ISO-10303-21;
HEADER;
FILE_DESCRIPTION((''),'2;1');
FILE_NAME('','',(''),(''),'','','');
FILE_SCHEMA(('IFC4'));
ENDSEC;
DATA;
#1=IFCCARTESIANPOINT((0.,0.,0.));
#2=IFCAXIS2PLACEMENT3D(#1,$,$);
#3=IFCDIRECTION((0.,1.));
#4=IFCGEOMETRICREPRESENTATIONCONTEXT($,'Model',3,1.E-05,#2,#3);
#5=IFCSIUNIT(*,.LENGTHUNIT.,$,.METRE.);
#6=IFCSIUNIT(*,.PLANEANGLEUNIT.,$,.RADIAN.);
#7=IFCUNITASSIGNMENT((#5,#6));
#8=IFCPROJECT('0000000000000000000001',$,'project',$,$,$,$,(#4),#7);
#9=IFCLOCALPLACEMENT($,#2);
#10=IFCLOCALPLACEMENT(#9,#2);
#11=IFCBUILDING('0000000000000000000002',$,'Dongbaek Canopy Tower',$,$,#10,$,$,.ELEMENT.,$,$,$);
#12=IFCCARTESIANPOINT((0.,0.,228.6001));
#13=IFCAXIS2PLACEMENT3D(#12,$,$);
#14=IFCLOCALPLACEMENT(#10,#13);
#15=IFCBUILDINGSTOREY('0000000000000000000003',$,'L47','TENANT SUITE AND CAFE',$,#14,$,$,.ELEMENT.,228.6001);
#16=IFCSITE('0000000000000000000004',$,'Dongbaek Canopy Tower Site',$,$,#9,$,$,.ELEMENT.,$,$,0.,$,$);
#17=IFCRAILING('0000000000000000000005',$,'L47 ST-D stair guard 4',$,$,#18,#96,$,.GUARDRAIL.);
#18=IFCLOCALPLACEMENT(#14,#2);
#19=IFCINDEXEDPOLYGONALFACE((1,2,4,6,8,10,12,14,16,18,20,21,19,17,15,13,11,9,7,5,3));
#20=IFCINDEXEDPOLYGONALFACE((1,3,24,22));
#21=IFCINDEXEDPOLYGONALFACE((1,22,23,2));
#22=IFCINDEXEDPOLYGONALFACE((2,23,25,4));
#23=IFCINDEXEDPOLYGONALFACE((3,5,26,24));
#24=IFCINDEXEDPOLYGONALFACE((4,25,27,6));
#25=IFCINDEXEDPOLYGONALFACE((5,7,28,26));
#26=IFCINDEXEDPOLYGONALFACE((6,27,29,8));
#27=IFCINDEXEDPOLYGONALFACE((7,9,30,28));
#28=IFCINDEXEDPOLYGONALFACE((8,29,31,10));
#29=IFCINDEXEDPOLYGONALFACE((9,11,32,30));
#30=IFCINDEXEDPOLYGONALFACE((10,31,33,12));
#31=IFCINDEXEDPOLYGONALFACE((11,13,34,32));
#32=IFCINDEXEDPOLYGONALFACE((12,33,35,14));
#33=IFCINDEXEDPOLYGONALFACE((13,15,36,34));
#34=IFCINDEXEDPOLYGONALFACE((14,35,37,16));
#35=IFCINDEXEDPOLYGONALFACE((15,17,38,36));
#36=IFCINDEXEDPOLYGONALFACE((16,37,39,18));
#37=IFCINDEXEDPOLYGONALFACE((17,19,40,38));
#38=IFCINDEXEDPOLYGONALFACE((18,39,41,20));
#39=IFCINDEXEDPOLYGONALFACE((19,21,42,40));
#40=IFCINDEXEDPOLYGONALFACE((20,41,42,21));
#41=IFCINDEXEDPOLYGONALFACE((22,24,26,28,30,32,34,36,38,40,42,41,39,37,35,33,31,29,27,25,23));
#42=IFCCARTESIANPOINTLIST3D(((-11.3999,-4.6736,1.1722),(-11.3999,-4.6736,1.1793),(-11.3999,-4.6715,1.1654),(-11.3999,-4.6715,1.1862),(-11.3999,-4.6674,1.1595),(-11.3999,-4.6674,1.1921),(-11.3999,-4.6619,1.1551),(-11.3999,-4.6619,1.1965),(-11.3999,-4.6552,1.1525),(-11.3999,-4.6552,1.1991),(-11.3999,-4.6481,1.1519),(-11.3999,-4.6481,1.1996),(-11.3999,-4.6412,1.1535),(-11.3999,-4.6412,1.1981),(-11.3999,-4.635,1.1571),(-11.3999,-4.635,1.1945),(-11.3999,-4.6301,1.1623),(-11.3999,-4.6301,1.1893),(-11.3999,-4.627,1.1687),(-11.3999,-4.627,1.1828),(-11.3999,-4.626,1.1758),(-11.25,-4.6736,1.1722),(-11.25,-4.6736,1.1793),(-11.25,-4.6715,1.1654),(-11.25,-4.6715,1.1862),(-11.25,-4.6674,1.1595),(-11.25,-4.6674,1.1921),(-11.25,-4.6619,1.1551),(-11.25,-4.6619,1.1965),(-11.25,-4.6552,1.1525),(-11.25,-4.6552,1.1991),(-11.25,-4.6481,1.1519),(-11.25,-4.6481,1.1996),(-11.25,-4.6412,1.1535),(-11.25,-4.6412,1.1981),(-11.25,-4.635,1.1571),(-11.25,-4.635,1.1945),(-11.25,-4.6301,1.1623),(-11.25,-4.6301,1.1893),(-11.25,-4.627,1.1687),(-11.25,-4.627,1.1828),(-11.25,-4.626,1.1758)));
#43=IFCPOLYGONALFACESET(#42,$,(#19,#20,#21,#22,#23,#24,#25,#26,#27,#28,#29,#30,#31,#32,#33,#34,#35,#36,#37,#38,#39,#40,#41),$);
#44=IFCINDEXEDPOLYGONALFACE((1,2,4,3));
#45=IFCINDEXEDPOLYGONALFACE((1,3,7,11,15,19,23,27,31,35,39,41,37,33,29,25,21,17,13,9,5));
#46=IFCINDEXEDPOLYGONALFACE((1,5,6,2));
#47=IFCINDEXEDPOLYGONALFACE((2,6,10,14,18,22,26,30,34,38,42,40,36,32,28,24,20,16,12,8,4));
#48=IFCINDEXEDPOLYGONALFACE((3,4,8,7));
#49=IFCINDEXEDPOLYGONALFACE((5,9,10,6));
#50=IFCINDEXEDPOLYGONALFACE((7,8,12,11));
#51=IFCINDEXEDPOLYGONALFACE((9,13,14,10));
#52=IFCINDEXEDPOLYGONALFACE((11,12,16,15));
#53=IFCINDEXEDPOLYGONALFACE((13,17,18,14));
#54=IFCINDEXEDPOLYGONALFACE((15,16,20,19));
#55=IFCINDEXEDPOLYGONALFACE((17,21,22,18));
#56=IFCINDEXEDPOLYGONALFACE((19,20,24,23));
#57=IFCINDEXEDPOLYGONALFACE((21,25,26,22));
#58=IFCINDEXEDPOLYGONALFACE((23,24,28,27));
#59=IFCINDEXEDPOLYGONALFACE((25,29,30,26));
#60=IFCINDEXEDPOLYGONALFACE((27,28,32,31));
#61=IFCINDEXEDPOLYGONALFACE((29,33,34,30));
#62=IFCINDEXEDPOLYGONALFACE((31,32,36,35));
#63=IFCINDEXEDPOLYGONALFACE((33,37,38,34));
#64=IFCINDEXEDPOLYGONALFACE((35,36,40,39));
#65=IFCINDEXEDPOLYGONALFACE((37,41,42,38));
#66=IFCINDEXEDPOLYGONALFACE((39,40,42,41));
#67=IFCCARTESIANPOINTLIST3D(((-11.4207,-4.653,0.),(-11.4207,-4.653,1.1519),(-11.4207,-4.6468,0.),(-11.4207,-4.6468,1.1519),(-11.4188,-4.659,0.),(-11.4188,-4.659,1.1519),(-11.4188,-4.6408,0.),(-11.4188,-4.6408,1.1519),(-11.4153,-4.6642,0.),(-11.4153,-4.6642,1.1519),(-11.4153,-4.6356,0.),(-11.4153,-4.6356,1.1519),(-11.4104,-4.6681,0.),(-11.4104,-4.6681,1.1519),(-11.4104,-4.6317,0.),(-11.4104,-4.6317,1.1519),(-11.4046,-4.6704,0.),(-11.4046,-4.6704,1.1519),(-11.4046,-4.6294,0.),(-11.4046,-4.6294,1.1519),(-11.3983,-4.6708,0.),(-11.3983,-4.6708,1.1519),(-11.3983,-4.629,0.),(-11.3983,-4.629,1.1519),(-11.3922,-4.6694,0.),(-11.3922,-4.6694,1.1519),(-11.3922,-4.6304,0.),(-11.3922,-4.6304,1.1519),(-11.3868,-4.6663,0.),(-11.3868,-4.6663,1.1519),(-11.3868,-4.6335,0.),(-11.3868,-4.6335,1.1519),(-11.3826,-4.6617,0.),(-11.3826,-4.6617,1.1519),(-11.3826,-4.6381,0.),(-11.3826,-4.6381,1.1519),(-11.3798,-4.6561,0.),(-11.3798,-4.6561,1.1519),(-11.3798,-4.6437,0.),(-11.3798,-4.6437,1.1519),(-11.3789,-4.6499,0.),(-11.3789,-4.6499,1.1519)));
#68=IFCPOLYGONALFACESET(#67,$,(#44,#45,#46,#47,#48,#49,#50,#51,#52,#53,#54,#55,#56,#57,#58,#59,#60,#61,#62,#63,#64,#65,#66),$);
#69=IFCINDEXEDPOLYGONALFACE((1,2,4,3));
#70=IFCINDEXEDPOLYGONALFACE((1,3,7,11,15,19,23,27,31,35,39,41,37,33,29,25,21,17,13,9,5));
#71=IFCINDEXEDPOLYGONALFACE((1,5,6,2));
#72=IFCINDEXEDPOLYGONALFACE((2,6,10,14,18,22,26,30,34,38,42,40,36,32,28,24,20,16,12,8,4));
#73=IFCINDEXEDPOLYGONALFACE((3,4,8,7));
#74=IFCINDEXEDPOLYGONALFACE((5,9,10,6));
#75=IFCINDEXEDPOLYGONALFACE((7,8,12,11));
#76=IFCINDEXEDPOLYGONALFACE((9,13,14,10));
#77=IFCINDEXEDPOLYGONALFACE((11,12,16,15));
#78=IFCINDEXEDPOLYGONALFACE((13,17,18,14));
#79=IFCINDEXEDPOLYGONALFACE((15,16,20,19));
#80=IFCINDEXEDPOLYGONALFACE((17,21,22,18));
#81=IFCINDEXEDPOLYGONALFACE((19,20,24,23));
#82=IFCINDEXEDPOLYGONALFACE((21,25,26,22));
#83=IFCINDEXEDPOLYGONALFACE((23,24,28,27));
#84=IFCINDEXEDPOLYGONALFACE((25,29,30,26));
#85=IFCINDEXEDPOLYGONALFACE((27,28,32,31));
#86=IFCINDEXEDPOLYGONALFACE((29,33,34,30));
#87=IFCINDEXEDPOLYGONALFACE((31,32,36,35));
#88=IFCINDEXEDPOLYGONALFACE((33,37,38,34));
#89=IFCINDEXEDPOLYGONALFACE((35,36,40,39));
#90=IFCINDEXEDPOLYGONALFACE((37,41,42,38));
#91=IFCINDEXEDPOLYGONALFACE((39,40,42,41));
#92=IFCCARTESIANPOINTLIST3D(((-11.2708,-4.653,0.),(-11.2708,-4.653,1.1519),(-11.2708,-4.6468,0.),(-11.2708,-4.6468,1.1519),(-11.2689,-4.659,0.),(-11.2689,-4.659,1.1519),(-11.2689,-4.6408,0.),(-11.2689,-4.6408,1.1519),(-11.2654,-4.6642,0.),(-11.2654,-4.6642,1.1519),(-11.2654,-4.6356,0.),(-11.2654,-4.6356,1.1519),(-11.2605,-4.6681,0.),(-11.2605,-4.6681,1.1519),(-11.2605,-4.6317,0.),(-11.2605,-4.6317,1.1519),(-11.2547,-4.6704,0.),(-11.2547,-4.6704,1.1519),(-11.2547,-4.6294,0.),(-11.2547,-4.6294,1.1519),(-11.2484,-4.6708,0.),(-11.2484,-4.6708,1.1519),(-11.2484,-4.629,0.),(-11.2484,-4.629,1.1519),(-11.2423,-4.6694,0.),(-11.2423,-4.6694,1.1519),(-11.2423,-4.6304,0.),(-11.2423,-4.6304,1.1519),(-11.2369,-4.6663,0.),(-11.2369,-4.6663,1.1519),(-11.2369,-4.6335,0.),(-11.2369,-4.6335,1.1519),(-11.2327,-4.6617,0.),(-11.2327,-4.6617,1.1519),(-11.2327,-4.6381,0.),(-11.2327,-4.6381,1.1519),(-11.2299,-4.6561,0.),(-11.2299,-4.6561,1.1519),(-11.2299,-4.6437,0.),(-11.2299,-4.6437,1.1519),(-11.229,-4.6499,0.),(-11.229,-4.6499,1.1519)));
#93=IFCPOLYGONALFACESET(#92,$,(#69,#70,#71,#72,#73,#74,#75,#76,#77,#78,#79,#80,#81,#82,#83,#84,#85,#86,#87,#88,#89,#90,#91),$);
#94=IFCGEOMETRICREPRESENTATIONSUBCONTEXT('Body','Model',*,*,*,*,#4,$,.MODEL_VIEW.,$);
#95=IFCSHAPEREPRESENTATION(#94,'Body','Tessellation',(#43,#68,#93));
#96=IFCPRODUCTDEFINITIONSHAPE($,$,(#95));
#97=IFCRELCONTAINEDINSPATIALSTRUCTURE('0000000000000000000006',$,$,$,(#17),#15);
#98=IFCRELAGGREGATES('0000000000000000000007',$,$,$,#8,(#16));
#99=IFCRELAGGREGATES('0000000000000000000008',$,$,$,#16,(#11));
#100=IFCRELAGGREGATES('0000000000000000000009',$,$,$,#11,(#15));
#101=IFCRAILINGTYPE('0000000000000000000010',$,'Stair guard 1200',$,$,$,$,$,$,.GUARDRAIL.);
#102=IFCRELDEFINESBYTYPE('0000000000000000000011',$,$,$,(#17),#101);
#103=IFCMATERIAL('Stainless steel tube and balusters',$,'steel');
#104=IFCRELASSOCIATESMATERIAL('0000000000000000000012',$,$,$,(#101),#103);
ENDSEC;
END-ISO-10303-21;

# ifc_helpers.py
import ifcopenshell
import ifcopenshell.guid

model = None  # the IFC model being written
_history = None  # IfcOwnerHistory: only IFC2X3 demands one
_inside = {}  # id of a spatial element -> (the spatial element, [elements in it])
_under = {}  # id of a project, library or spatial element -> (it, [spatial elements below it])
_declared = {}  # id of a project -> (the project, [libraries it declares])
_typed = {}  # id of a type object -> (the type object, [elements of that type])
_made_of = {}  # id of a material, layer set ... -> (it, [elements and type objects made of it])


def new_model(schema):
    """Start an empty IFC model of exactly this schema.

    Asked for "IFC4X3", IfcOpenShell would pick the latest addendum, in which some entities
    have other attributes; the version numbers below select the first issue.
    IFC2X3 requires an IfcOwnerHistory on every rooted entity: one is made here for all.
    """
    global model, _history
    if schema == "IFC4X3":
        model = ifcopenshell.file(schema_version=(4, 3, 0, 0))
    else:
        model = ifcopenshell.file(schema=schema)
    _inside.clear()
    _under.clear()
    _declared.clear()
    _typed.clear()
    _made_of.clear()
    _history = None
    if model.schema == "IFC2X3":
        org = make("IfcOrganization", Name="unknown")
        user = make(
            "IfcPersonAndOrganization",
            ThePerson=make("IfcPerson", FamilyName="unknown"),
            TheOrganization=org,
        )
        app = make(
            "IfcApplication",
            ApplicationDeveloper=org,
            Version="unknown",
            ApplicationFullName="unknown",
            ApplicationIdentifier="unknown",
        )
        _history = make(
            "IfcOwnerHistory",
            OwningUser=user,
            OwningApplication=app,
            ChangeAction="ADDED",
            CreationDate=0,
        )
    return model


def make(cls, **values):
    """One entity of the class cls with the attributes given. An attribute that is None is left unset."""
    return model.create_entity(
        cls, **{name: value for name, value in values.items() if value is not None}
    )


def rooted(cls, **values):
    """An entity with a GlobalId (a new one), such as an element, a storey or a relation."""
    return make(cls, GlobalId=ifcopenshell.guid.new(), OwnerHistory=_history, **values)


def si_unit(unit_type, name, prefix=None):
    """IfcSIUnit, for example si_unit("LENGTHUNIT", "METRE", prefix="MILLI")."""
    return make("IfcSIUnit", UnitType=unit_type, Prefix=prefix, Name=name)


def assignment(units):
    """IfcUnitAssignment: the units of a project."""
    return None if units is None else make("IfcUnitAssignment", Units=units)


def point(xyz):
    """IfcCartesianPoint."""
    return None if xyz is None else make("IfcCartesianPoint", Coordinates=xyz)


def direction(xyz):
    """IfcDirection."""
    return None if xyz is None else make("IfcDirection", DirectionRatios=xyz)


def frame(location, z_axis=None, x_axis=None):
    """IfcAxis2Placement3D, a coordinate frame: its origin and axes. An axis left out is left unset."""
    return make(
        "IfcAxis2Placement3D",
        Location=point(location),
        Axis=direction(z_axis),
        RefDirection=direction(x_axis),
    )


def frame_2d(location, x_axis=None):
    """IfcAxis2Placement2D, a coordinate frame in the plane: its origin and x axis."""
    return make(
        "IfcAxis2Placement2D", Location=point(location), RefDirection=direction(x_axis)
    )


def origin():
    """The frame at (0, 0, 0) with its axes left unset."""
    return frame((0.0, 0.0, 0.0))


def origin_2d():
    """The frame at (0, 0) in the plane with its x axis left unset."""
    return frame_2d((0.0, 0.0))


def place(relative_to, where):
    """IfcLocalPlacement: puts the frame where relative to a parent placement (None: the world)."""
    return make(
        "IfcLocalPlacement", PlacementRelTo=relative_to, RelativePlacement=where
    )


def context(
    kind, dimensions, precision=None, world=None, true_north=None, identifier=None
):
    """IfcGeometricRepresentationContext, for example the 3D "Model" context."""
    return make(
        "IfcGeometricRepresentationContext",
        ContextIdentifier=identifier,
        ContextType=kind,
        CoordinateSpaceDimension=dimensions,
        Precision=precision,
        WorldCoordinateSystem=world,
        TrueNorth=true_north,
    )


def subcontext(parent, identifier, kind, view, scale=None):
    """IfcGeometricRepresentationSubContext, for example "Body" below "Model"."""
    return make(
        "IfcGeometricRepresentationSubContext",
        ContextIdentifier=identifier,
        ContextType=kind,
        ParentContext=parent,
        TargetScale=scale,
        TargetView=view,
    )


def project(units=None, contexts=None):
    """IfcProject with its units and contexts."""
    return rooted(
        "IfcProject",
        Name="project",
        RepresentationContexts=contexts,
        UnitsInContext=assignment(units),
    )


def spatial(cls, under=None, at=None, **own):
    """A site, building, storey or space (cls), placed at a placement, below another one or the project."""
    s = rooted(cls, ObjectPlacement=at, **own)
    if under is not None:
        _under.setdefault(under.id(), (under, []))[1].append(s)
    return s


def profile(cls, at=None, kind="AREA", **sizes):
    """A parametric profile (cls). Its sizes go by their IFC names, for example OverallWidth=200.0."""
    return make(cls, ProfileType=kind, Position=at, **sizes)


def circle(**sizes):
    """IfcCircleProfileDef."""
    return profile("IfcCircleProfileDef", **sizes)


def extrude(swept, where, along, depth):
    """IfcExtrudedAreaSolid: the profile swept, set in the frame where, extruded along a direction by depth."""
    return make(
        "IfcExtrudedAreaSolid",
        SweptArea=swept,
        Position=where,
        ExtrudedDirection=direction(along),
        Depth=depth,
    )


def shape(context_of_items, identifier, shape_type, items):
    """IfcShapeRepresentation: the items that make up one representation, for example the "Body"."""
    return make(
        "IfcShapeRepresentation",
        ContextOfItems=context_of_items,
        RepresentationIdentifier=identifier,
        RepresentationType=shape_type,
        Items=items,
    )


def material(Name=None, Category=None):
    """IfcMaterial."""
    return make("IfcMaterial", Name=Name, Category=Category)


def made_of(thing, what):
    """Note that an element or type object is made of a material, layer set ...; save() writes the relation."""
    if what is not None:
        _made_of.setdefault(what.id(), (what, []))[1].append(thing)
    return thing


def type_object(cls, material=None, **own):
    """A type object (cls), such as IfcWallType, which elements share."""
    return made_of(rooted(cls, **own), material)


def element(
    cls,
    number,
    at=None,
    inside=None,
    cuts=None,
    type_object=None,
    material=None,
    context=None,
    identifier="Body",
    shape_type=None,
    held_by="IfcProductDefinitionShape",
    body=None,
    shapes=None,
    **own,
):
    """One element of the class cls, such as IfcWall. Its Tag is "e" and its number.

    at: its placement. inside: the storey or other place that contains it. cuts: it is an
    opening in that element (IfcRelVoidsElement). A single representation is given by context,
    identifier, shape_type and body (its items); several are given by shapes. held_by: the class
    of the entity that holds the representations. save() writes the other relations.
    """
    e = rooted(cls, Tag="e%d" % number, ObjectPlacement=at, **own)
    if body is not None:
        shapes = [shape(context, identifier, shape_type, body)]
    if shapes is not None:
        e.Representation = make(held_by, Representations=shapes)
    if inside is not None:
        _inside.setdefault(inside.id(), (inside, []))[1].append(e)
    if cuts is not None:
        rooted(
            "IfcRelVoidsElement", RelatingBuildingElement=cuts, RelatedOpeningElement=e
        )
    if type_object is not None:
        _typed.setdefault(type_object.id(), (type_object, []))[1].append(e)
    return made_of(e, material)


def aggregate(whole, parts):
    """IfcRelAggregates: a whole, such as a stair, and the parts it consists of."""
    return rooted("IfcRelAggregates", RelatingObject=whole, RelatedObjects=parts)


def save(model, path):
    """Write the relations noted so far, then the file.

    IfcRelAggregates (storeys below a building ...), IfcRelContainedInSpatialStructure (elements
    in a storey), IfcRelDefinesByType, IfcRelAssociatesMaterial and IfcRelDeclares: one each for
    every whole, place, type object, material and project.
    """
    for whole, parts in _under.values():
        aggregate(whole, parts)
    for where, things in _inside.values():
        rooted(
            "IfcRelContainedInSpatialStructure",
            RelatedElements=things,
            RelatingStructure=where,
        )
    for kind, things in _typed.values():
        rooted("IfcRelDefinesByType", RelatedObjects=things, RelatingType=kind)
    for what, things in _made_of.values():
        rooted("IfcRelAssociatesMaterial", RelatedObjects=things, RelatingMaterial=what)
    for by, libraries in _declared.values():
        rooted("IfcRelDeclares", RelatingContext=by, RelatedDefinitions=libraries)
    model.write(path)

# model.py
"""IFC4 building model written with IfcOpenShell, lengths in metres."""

from ifc_helpers import new_model, si_unit, direction, frame, origin, origin_2d, place, context, subcontext, project, spatial, circle, extrude, material, type_object, element, save


model = new_model("IFC4")

# Units and contexts
model_context = context("Model", 3, precision=1e-05, world=origin(), true_north=direction((0.0, 1.0)))
body_context = subcontext(model_context, "Body", "Model", "MODEL_VIEW")
ifc_project = project(units=[si_unit("LENGTHUNIT", "METRE"), si_unit("PLANEANGLEUNIT", "RADIAN")], contexts=[model_context])

# Site, building, storey
site_placement = place(None, origin())
site = spatial("IfcSite", under=ifc_project, at=site_placement, Name="Dongbaek Canopy Tower Site", CompositionType="ELEMENT", RefElevation=0.0)
building_placement = place(site_placement, origin())
building = spatial("IfcBuilding", under=site, at=building_placement, Name="Dongbaek Canopy Tower", CompositionType="ELEMENT")
storey_placement = place(building_placement, frame((0.0, 0.0, 228.6001)))
storey = spatial("IfcBuildingStorey", under=building, at=storey_placement, Name="L47", Description="TENANT SUITE AND CAFE", CompositionType="ELEMENT", Elevation=228.6001)

# Railing
ifc_material_1 = material(Name="Stainless steel tube and balusters", Category="steel")
railing_type_1 = type_object("IfcRailingType", Name="Stair guard 1200", PredefinedType="GUARDRAIL", material=ifc_material_1)
railing_1_placement = place(storey_placement, frame((-11.3999, -4.6499, 0.0)))
element("IfcRailing", 1, at=railing_1_placement, inside=storey, type_object=railing_type_1, Name="L47 ST-D stair guard 4", PredefinedType="GUARDRAIL", context=body_context, shape_type="SweptSolid", body=[
    extrude(circle(Radius=0.0239, at=origin_2d()), frame((0.0, 0.0, 1.1758), z_axis=(1.0, 0.0, 0.0), x_axis=(0.0, 1.0, 0.0)), (0.0, 0.0, 1.0), 0.1499),
    extrude(circle(Radius=0.021, at=origin_2d()), origin(), (0.0, 0.0, 1.0), 1.1519),
    extrude(circle(Radius=0.021, at=origin_2d()), frame((0.1499, 0.0, 0.0)), (0.0, 0.0, 1.0), 1.1519),
])

save(model, "model.ifc")
